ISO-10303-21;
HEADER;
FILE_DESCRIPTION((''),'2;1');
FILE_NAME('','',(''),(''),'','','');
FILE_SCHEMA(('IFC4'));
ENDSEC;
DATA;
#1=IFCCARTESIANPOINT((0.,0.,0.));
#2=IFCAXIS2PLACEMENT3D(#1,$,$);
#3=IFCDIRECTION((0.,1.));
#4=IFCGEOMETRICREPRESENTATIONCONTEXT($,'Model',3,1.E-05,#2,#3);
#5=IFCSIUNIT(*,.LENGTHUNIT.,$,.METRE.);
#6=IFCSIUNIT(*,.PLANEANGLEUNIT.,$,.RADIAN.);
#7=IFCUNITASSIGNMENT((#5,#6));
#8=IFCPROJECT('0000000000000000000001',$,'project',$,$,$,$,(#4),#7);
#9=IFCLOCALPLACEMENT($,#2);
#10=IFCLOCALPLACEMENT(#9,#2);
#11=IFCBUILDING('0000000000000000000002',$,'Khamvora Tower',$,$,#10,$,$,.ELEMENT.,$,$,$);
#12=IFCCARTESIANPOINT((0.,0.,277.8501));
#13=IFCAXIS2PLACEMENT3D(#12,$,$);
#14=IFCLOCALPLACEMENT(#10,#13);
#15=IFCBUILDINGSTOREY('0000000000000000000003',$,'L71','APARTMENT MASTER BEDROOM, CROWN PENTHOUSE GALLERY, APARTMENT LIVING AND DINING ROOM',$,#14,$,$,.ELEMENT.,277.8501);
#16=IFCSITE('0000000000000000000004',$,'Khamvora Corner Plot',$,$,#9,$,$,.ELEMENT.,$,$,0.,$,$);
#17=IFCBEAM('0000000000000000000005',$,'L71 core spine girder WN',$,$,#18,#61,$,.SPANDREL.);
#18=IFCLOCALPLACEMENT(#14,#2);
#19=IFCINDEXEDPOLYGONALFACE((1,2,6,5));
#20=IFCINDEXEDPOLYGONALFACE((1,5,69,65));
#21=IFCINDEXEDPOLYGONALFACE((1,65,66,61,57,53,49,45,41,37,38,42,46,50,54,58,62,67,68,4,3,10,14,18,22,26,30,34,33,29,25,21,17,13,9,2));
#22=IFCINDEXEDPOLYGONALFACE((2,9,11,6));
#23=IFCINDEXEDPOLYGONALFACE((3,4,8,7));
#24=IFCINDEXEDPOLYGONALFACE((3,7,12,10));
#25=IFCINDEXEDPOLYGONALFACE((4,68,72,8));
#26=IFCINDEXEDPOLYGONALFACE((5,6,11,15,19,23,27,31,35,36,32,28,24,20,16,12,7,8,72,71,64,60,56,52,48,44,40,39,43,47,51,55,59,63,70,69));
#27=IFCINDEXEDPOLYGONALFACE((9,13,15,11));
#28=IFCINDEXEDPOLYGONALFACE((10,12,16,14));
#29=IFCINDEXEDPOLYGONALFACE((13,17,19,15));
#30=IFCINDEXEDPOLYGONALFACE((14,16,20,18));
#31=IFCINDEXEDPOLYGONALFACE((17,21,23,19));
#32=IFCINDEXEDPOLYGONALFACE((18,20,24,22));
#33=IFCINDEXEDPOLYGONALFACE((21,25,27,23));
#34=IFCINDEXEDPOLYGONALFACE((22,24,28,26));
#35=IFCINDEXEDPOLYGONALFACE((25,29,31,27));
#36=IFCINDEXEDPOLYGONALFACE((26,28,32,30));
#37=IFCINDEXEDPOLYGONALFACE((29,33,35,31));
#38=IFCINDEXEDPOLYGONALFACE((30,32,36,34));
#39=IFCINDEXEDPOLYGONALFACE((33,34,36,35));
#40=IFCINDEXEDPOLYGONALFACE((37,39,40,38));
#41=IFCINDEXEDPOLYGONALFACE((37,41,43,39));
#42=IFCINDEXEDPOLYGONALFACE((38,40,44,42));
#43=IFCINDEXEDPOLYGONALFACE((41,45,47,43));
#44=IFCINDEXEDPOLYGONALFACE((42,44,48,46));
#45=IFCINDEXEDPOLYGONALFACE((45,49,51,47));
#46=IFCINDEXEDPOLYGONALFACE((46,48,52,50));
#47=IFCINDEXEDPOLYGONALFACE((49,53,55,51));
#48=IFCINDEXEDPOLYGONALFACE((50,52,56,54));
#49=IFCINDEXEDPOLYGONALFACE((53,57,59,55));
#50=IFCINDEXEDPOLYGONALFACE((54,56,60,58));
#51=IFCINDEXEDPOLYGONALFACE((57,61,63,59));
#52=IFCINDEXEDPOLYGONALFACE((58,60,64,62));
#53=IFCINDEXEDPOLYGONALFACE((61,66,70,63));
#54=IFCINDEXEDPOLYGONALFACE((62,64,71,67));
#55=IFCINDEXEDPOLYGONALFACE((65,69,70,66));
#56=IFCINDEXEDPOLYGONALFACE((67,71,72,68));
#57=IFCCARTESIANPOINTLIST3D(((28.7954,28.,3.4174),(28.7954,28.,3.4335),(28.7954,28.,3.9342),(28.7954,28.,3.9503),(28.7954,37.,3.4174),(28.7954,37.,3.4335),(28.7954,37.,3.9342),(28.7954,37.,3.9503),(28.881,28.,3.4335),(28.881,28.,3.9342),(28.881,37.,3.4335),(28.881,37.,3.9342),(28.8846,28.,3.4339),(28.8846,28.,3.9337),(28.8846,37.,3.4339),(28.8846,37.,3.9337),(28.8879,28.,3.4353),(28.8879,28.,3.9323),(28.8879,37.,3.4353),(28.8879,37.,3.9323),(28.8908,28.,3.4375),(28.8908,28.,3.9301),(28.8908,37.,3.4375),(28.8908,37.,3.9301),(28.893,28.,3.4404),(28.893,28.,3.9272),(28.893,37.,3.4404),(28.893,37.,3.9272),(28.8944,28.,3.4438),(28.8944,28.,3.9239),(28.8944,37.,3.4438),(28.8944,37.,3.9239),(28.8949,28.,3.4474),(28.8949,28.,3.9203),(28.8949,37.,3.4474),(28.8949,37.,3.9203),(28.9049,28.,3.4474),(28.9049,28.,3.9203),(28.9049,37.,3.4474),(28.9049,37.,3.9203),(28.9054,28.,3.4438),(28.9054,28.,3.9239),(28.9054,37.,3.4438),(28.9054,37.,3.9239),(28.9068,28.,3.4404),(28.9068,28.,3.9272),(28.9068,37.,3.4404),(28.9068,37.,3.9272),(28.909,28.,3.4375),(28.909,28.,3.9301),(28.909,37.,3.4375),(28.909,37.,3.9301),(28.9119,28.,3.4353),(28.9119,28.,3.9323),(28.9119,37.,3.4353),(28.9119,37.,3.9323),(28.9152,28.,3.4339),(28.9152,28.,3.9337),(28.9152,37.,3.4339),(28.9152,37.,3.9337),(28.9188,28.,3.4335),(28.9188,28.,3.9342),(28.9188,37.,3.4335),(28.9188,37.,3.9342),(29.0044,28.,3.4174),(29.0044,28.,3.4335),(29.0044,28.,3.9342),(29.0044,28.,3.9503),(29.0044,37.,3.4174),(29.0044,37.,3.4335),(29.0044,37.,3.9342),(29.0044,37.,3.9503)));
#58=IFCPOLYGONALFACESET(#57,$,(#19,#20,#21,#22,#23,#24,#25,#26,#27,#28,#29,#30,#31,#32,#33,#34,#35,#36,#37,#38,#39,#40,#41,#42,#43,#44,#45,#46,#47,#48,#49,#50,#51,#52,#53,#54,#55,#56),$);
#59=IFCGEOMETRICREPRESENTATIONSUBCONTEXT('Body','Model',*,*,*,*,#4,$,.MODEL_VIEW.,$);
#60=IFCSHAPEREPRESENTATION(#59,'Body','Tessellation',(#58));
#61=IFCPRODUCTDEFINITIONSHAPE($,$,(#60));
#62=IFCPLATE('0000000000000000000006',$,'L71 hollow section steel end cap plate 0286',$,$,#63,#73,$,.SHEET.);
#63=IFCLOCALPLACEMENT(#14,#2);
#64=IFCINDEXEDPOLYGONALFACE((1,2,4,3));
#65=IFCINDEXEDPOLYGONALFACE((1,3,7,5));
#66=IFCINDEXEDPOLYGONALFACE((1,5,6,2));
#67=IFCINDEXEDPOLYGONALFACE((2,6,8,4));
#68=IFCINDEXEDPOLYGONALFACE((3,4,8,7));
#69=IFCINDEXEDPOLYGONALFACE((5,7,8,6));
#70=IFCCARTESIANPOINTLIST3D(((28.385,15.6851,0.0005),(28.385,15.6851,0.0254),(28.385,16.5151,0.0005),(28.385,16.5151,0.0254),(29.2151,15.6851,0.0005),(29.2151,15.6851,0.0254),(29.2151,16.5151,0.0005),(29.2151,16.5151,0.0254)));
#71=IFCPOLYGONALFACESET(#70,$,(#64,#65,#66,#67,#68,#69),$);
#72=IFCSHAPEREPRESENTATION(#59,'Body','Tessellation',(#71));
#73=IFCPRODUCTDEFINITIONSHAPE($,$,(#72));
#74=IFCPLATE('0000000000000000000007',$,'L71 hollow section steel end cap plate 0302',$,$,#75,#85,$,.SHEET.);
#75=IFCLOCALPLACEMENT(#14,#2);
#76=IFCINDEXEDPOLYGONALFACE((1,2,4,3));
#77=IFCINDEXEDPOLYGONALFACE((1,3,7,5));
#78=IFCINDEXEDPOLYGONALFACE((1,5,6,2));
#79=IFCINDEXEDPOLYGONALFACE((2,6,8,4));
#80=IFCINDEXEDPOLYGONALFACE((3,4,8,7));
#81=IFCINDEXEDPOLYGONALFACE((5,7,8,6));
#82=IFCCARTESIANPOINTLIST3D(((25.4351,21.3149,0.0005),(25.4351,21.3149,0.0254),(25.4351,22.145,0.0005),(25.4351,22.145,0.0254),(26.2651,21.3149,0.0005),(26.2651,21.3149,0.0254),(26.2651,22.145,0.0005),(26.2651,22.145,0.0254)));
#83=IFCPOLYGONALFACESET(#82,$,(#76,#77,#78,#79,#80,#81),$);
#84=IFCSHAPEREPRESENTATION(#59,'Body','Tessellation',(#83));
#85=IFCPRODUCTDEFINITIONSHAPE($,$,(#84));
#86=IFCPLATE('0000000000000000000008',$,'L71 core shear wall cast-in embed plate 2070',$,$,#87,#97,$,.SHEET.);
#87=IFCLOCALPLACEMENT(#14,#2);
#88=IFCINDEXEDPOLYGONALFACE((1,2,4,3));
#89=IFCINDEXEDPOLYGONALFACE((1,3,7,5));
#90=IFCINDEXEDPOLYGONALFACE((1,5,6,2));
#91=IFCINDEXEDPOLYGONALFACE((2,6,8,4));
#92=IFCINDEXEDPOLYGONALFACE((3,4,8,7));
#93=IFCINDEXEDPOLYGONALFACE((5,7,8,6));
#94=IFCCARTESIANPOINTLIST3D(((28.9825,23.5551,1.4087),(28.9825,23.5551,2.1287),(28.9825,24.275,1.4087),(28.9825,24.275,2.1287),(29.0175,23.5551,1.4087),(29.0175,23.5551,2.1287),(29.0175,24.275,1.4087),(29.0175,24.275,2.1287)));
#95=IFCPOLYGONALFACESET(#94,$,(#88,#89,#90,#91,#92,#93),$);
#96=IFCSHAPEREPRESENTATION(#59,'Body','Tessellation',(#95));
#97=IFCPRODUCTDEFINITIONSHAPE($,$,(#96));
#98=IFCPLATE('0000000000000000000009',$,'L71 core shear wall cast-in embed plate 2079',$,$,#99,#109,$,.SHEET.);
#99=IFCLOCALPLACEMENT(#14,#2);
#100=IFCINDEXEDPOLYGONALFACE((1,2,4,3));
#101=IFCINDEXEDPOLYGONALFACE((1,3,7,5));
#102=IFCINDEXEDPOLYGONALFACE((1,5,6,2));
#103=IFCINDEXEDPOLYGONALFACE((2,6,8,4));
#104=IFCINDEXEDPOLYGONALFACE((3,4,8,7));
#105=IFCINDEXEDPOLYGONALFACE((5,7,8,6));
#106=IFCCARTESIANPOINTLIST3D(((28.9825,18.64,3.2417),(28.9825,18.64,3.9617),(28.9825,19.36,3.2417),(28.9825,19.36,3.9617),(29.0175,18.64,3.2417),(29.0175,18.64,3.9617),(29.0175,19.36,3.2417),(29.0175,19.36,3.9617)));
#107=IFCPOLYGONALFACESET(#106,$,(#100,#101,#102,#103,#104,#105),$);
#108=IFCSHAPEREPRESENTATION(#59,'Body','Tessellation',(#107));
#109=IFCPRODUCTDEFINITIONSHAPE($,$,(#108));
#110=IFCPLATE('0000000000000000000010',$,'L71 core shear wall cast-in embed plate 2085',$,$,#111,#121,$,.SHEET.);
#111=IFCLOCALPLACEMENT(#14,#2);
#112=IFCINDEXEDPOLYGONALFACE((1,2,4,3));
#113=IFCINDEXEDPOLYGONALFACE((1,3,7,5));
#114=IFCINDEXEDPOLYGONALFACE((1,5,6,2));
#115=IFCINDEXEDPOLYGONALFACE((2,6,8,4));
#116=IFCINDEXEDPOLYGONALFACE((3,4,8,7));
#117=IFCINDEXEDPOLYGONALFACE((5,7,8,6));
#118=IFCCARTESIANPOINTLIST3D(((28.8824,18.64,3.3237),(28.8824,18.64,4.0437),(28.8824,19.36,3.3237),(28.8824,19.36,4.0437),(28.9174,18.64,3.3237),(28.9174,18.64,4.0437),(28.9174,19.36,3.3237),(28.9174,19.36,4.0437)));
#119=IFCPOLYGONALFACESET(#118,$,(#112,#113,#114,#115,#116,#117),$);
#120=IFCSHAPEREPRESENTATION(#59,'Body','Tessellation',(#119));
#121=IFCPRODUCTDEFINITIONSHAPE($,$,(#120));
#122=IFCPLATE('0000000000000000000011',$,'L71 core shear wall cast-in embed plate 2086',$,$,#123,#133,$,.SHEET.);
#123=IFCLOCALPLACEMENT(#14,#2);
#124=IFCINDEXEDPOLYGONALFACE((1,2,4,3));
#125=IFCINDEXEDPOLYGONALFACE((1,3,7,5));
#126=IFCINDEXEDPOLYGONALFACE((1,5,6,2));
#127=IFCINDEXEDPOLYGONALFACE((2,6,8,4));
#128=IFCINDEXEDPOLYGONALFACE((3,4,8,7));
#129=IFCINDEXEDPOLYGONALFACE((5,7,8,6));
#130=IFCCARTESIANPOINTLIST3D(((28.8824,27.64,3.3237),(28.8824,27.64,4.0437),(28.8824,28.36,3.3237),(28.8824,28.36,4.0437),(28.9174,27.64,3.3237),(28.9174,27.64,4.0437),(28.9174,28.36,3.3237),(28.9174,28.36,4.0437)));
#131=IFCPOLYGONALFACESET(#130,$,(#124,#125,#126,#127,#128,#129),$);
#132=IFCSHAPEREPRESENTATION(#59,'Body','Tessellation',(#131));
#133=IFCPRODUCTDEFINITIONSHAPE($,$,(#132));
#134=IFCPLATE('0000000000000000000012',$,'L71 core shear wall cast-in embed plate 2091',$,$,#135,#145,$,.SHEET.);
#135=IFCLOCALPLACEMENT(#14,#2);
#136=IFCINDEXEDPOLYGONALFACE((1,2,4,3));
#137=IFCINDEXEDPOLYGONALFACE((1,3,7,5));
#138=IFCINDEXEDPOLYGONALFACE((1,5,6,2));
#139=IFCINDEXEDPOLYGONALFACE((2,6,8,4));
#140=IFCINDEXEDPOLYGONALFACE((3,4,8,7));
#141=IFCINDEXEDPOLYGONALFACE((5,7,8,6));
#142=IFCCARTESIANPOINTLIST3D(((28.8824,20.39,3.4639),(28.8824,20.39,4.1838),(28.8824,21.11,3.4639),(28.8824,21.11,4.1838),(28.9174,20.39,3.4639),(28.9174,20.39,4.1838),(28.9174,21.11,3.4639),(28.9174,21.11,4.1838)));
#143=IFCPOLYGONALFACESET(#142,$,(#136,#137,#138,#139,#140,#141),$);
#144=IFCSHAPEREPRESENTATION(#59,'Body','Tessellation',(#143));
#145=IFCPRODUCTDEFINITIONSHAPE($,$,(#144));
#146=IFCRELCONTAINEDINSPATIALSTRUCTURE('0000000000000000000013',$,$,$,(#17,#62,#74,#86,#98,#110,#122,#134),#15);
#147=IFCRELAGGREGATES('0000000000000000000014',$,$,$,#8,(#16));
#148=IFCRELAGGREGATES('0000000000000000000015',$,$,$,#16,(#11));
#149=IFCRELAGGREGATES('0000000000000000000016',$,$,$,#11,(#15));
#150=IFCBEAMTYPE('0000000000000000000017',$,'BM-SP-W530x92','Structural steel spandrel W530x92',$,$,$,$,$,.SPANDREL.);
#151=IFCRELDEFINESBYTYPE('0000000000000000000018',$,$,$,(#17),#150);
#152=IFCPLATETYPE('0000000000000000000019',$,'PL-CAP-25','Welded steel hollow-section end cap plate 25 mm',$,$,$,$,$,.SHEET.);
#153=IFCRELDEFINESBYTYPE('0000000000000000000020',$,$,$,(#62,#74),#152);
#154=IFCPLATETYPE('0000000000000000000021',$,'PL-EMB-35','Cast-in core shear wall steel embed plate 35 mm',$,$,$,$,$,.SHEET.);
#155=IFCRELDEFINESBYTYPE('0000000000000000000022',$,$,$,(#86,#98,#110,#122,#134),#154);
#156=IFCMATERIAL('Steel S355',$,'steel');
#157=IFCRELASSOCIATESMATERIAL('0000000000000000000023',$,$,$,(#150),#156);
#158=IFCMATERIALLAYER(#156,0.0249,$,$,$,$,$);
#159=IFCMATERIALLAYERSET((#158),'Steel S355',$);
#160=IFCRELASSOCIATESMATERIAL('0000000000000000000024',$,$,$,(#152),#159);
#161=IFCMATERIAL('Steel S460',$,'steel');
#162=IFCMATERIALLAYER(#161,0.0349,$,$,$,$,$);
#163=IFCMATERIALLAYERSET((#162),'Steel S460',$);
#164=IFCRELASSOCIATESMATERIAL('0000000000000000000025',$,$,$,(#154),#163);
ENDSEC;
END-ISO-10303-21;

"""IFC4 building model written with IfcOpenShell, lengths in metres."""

from ifc_helpers import new_model, si_unit, direction, frame, origin, origin_2d, place, context, subcontext, project, spatial, rectangle, i_section, extrude, material, layer, layer_set, material_profile, profile_set, type_object, element, save


model = new_model("IFC4")

# Units and contexts
model_context = context("Model", 3, precision=1e-05, world=origin(), true_north=direction((0.0, 1.0)))
body_context = subcontext(model_context, "Body", "Model", "MODEL_VIEW")
ifc_project = project(units=[si_unit("LENGTHUNIT", "METRE"), si_unit("PLANEANGLEUNIT", "RADIAN")], contexts=[model_context])

# Site, building, storey
site_placement = place(None, origin())
site = spatial("IfcSite", under=ifc_project, at=site_placement, Name="Khamvora Corner Plot", CompositionType="ELEMENT", RefElevation=0.0)
building_placement = place(site_placement, origin())
building = spatial("IfcBuilding", under=site, at=building_placement, Name="Khamvora Tower", CompositionType="ELEMENT")
storey_placement = place(building_placement, frame((0.0, 0.0, 277.8501)))
storey = spatial("IfcBuildingStorey", under=building, at=storey_placement, Name="L71", Description="APARTMENT MASTER BEDROOM, CROWN PENTHOUSE GALLERY, APARTMENT LIVING AND DINING ROOM", CompositionType="ELEMENT", Elevation=277.8501)

# Shared definitions
ifc_material_1 = material(Name="Steel S355", Category="steel")

# Beam
ifc_material_profile_1 = material_profile(ifc_material_1, i_section(OverallWidth=0.209, OverallDepth=0.533, WebThickness=0.01, FlangeThickness=0.0161, FilletRadius=0.0139, at=origin_2d()), Name="W530x92")
ifc_profile_set_1 = profile_set([ifc_material_profile_1], Name="Steel S355")
beam_type_1 = type_object("IfcBeamType", Name="BM-SP-W530x92", Description="Structural steel spandrel W530x92", PredefinedType="SPANDREL", material=ifc_profile_set_1)
for number, where, z_axis, x_axis, name in (
    (1, (28.8999, 28.0, 3.6838), (0.0, 1.0, 0.0), (-1.0, 0.0, 0.0), "L71 core spine girder WN"),
):
    element("IfcBeam", number, at=place(storey_placement, frame(where, z_axis=z_axis, x_axis=x_axis)), inside=storey, type_object=beam_type_1, Name=name, PredefinedType="SPANDREL", context=body_context, shape_type="SweptSolid", body=[
        extrude(i_section(OverallWidth=0.209, OverallDepth=0.533, WebThickness=0.01, FlangeThickness=0.0161, FilletRadius=0.0139, at=origin_2d()), origin(), (0.0, 0.0, 1.0), 9.0),
    ])

# Plates
ifc_layer_1 = layer(ifc_material_1, 0.0249)
ifc_layer_set_1 = layer_set([ifc_layer_1], Name="Steel S355")
plate_type_1 = type_object("IfcPlateType", Name="PL-CAP-25", Description="Welded steel hollow-section end cap plate 25 mm", PredefinedType="SHEET", material=ifc_layer_set_1)
for number, where, z_axis, x_axis, name in (
    (2, (28.8, 16.1001, 0.0005), (0.0, 0.0, 1.0), (1.0, 0.0, 0.0), "L71 hollow section steel end cap plate 0286"),
    (3, (25.8501, 21.73, 0.0005), (0.0, 0.0, 1.0), (1.0, 0.0, 0.0), "L71 hollow section steel end cap plate 0302"),
):
    element("IfcPlate", number, at=place(storey_placement, frame(where, z_axis=z_axis, x_axis=x_axis)), inside=storey, type_object=plate_type_1, Name=name, PredefinedType="SHEET", context=body_context, shape_type="SweptSolid", body=[
        extrude(rectangle(XDim=0.8301, YDim=0.8301, at=origin_2d()), origin(), (0.0, 0.0, 1.0), 0.0249),
    ])
ifc_material_2 = material(Name="Steel S460", Category="steel")
ifc_layer_2 = layer(ifc_material_2, 0.0349)
ifc_layer_set_2 = layer_set([ifc_layer_2], Name="Steel S460")
plate_type_2 = type_object("IfcPlateType", Name="PL-EMB-35", Description="Cast-in core shear wall steel embed plate 35 mm", PredefinedType="SHEET", material=ifc_layer_set_2)
for number, where, z_axis, x_axis, name in (
    (4, (29.0, 23.915, 1.4087), (0.0, 0.0, 1.0), (1.0, 0.0, 0.0), "L71 core shear wall cast-in embed plate 2070"),
    (5, (29.0, 19.0, 3.2417), (0.0, 0.0, 1.0), (1.0, 0.0, 0.0), "L71 core shear wall cast-in embed plate 2079"),
    (6, (28.8999, 19.0, 3.3237), (0.0, 0.0, 1.0), (1.0, 0.0, 0.0), "L71 core shear wall cast-in embed plate 2085"),
    (7, (28.8999, 28.0, 3.3237), (0.0, 0.0, 1.0), (1.0, 0.0, 0.0), "L71 core shear wall cast-in embed plate 2086"),
    (8, (28.8999, 20.75, 3.4639), (0.0, 0.0, 1.0), (1.0, 0.0, 0.0), "L71 core shear wall cast-in embed plate 2091"),
):
    element("IfcPlate", number, at=place(storey_placement, frame(where, z_axis=z_axis, x_axis=x_axis)), inside=storey, type_object=plate_type_2, Name=name, PredefinedType="SHEET", context=body_context, shape_type="SweptSolid", body=[
        extrude(rectangle(XDim=0.0349, YDim=0.72, at=origin_2d()), origin(), (0.0, 0.0, 1.0), 0.72),
    ])

save(model, "model.ifc")
